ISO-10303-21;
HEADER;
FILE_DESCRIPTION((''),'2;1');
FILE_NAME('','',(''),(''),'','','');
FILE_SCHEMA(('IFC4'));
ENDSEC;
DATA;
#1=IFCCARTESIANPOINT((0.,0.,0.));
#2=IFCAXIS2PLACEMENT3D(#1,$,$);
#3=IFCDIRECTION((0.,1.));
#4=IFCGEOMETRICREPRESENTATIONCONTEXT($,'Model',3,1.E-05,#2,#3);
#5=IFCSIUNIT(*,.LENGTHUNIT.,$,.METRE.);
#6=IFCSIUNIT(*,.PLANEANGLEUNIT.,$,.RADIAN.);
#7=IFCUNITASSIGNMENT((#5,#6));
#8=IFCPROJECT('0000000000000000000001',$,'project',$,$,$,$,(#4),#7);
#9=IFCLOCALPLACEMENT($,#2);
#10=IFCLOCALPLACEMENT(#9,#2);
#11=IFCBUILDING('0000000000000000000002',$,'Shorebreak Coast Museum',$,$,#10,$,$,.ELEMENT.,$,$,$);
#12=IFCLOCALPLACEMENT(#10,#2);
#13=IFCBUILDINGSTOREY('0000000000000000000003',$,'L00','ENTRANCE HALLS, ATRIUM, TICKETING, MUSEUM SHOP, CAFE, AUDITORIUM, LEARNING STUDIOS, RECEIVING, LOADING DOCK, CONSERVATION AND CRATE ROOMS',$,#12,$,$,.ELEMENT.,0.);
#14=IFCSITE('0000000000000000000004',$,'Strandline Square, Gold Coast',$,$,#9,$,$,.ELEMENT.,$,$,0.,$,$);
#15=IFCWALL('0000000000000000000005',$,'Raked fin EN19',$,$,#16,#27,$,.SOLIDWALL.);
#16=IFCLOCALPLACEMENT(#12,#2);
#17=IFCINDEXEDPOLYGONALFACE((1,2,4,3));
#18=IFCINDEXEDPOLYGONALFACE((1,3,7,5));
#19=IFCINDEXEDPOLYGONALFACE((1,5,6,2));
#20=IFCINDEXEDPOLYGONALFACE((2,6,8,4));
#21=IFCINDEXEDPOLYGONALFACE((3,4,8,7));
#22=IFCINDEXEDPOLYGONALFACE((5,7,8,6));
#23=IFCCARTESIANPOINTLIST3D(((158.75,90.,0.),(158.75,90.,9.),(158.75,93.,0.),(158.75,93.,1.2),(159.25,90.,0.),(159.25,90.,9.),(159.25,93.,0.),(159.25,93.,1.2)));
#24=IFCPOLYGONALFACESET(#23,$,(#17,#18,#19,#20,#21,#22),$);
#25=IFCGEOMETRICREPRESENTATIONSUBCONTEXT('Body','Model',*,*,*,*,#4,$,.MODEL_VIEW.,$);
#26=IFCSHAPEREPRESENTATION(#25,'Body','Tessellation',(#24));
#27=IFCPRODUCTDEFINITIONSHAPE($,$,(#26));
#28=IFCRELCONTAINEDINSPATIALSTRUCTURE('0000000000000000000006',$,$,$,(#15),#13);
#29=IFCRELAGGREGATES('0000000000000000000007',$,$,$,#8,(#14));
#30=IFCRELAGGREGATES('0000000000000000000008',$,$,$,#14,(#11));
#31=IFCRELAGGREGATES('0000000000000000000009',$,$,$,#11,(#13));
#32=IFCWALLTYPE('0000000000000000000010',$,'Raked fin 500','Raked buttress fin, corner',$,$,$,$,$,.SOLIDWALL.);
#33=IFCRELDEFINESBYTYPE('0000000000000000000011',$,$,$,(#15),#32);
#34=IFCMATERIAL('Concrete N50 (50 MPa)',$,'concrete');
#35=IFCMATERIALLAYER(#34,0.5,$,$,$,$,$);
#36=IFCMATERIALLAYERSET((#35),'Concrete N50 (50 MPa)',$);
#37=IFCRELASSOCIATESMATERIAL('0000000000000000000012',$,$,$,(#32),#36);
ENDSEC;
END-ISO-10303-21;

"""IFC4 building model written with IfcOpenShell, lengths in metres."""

from ifc_helpers import new_model, si_unit, direction, frame, origin, place, context, subcontext, project, spatial, polyline, outline, extrude, material, layer, layer_set, type_object, element, save


model = new_model("IFC4")

# Units and contexts
model_context = context("Model", 3, precision=1e-05, world=origin(), true_north=direction((0.0, 1.0)))
body_context = subcontext(model_context, "Body", "Model", "MODEL_VIEW")
ifc_project = project(units=[si_unit("LENGTHUNIT", "METRE"), si_unit("PLANEANGLEUNIT", "RADIAN")], contexts=[model_context])

# Site, building, storey
site_placement = place(None, origin())
site = spatial("IfcSite", under=ifc_project, at=site_placement, Name="Strandline Square, Gold Coast", CompositionType="ELEMENT", RefElevation=0.0)
building_placement = place(site_placement, origin())
building = spatial("IfcBuilding", under=site, at=building_placement, Name="Shorebreak Coast Museum", CompositionType="ELEMENT")
storey_placement = place(building_placement, origin())
storey = spatial("IfcBuildingStorey", under=building, at=storey_placement, Name="L00", Description="ENTRANCE HALLS, ATRIUM, TICKETING, MUSEUM SHOP, CAFE, AUDITORIUM, LEARNING STUDIOS, RECEIVING, LOADING DOCK, CONSERVATION AND CRATE ROOMS", CompositionType="ELEMENT", Elevation=0.0)

# Wall
ifc_material_1 = material(Name="Concrete N50 (50 MPa)", Category="concrete")
ifc_layer_1 = layer(ifc_material_1, 0.5)
ifc_layer_set_1 = layer_set([ifc_layer_1], Name="Concrete N50 (50 MPa)")
wall_type = type_object("IfcWallType", Name="Raked fin 500", Description="Raked buttress fin, corner", PredefinedType="SOLIDWALL", material=ifc_layer_set_1)
wall_placement = place(storey_placement, frame((159.0, 90.0, 0.0), z_axis=(0.0, 0.0, 1.0), x_axis=(0.0, 1.0, 0.0)))
element("IfcWall", 1, at=wall_placement, inside=storey, type_object=wall_type, Name="Raked fin EN19", PredefinedType="SOLIDWALL", context=body_context, shape_type="SweptSolid", body=[
    extrude(outline(polyline([(0.0, 0.0), (3.0, 0.0), (3.0, 1.2), (0.0, 9.0), (0.0, 0.0)])), frame((0.0, 0.25, 0.0), z_axis=(0.0, -1.0, 0.0), x_axis=(1.0, 0.0, 0.0)), (0.0, 0.0, 1.0), 0.5),
])

save(model, "model.ifc")
